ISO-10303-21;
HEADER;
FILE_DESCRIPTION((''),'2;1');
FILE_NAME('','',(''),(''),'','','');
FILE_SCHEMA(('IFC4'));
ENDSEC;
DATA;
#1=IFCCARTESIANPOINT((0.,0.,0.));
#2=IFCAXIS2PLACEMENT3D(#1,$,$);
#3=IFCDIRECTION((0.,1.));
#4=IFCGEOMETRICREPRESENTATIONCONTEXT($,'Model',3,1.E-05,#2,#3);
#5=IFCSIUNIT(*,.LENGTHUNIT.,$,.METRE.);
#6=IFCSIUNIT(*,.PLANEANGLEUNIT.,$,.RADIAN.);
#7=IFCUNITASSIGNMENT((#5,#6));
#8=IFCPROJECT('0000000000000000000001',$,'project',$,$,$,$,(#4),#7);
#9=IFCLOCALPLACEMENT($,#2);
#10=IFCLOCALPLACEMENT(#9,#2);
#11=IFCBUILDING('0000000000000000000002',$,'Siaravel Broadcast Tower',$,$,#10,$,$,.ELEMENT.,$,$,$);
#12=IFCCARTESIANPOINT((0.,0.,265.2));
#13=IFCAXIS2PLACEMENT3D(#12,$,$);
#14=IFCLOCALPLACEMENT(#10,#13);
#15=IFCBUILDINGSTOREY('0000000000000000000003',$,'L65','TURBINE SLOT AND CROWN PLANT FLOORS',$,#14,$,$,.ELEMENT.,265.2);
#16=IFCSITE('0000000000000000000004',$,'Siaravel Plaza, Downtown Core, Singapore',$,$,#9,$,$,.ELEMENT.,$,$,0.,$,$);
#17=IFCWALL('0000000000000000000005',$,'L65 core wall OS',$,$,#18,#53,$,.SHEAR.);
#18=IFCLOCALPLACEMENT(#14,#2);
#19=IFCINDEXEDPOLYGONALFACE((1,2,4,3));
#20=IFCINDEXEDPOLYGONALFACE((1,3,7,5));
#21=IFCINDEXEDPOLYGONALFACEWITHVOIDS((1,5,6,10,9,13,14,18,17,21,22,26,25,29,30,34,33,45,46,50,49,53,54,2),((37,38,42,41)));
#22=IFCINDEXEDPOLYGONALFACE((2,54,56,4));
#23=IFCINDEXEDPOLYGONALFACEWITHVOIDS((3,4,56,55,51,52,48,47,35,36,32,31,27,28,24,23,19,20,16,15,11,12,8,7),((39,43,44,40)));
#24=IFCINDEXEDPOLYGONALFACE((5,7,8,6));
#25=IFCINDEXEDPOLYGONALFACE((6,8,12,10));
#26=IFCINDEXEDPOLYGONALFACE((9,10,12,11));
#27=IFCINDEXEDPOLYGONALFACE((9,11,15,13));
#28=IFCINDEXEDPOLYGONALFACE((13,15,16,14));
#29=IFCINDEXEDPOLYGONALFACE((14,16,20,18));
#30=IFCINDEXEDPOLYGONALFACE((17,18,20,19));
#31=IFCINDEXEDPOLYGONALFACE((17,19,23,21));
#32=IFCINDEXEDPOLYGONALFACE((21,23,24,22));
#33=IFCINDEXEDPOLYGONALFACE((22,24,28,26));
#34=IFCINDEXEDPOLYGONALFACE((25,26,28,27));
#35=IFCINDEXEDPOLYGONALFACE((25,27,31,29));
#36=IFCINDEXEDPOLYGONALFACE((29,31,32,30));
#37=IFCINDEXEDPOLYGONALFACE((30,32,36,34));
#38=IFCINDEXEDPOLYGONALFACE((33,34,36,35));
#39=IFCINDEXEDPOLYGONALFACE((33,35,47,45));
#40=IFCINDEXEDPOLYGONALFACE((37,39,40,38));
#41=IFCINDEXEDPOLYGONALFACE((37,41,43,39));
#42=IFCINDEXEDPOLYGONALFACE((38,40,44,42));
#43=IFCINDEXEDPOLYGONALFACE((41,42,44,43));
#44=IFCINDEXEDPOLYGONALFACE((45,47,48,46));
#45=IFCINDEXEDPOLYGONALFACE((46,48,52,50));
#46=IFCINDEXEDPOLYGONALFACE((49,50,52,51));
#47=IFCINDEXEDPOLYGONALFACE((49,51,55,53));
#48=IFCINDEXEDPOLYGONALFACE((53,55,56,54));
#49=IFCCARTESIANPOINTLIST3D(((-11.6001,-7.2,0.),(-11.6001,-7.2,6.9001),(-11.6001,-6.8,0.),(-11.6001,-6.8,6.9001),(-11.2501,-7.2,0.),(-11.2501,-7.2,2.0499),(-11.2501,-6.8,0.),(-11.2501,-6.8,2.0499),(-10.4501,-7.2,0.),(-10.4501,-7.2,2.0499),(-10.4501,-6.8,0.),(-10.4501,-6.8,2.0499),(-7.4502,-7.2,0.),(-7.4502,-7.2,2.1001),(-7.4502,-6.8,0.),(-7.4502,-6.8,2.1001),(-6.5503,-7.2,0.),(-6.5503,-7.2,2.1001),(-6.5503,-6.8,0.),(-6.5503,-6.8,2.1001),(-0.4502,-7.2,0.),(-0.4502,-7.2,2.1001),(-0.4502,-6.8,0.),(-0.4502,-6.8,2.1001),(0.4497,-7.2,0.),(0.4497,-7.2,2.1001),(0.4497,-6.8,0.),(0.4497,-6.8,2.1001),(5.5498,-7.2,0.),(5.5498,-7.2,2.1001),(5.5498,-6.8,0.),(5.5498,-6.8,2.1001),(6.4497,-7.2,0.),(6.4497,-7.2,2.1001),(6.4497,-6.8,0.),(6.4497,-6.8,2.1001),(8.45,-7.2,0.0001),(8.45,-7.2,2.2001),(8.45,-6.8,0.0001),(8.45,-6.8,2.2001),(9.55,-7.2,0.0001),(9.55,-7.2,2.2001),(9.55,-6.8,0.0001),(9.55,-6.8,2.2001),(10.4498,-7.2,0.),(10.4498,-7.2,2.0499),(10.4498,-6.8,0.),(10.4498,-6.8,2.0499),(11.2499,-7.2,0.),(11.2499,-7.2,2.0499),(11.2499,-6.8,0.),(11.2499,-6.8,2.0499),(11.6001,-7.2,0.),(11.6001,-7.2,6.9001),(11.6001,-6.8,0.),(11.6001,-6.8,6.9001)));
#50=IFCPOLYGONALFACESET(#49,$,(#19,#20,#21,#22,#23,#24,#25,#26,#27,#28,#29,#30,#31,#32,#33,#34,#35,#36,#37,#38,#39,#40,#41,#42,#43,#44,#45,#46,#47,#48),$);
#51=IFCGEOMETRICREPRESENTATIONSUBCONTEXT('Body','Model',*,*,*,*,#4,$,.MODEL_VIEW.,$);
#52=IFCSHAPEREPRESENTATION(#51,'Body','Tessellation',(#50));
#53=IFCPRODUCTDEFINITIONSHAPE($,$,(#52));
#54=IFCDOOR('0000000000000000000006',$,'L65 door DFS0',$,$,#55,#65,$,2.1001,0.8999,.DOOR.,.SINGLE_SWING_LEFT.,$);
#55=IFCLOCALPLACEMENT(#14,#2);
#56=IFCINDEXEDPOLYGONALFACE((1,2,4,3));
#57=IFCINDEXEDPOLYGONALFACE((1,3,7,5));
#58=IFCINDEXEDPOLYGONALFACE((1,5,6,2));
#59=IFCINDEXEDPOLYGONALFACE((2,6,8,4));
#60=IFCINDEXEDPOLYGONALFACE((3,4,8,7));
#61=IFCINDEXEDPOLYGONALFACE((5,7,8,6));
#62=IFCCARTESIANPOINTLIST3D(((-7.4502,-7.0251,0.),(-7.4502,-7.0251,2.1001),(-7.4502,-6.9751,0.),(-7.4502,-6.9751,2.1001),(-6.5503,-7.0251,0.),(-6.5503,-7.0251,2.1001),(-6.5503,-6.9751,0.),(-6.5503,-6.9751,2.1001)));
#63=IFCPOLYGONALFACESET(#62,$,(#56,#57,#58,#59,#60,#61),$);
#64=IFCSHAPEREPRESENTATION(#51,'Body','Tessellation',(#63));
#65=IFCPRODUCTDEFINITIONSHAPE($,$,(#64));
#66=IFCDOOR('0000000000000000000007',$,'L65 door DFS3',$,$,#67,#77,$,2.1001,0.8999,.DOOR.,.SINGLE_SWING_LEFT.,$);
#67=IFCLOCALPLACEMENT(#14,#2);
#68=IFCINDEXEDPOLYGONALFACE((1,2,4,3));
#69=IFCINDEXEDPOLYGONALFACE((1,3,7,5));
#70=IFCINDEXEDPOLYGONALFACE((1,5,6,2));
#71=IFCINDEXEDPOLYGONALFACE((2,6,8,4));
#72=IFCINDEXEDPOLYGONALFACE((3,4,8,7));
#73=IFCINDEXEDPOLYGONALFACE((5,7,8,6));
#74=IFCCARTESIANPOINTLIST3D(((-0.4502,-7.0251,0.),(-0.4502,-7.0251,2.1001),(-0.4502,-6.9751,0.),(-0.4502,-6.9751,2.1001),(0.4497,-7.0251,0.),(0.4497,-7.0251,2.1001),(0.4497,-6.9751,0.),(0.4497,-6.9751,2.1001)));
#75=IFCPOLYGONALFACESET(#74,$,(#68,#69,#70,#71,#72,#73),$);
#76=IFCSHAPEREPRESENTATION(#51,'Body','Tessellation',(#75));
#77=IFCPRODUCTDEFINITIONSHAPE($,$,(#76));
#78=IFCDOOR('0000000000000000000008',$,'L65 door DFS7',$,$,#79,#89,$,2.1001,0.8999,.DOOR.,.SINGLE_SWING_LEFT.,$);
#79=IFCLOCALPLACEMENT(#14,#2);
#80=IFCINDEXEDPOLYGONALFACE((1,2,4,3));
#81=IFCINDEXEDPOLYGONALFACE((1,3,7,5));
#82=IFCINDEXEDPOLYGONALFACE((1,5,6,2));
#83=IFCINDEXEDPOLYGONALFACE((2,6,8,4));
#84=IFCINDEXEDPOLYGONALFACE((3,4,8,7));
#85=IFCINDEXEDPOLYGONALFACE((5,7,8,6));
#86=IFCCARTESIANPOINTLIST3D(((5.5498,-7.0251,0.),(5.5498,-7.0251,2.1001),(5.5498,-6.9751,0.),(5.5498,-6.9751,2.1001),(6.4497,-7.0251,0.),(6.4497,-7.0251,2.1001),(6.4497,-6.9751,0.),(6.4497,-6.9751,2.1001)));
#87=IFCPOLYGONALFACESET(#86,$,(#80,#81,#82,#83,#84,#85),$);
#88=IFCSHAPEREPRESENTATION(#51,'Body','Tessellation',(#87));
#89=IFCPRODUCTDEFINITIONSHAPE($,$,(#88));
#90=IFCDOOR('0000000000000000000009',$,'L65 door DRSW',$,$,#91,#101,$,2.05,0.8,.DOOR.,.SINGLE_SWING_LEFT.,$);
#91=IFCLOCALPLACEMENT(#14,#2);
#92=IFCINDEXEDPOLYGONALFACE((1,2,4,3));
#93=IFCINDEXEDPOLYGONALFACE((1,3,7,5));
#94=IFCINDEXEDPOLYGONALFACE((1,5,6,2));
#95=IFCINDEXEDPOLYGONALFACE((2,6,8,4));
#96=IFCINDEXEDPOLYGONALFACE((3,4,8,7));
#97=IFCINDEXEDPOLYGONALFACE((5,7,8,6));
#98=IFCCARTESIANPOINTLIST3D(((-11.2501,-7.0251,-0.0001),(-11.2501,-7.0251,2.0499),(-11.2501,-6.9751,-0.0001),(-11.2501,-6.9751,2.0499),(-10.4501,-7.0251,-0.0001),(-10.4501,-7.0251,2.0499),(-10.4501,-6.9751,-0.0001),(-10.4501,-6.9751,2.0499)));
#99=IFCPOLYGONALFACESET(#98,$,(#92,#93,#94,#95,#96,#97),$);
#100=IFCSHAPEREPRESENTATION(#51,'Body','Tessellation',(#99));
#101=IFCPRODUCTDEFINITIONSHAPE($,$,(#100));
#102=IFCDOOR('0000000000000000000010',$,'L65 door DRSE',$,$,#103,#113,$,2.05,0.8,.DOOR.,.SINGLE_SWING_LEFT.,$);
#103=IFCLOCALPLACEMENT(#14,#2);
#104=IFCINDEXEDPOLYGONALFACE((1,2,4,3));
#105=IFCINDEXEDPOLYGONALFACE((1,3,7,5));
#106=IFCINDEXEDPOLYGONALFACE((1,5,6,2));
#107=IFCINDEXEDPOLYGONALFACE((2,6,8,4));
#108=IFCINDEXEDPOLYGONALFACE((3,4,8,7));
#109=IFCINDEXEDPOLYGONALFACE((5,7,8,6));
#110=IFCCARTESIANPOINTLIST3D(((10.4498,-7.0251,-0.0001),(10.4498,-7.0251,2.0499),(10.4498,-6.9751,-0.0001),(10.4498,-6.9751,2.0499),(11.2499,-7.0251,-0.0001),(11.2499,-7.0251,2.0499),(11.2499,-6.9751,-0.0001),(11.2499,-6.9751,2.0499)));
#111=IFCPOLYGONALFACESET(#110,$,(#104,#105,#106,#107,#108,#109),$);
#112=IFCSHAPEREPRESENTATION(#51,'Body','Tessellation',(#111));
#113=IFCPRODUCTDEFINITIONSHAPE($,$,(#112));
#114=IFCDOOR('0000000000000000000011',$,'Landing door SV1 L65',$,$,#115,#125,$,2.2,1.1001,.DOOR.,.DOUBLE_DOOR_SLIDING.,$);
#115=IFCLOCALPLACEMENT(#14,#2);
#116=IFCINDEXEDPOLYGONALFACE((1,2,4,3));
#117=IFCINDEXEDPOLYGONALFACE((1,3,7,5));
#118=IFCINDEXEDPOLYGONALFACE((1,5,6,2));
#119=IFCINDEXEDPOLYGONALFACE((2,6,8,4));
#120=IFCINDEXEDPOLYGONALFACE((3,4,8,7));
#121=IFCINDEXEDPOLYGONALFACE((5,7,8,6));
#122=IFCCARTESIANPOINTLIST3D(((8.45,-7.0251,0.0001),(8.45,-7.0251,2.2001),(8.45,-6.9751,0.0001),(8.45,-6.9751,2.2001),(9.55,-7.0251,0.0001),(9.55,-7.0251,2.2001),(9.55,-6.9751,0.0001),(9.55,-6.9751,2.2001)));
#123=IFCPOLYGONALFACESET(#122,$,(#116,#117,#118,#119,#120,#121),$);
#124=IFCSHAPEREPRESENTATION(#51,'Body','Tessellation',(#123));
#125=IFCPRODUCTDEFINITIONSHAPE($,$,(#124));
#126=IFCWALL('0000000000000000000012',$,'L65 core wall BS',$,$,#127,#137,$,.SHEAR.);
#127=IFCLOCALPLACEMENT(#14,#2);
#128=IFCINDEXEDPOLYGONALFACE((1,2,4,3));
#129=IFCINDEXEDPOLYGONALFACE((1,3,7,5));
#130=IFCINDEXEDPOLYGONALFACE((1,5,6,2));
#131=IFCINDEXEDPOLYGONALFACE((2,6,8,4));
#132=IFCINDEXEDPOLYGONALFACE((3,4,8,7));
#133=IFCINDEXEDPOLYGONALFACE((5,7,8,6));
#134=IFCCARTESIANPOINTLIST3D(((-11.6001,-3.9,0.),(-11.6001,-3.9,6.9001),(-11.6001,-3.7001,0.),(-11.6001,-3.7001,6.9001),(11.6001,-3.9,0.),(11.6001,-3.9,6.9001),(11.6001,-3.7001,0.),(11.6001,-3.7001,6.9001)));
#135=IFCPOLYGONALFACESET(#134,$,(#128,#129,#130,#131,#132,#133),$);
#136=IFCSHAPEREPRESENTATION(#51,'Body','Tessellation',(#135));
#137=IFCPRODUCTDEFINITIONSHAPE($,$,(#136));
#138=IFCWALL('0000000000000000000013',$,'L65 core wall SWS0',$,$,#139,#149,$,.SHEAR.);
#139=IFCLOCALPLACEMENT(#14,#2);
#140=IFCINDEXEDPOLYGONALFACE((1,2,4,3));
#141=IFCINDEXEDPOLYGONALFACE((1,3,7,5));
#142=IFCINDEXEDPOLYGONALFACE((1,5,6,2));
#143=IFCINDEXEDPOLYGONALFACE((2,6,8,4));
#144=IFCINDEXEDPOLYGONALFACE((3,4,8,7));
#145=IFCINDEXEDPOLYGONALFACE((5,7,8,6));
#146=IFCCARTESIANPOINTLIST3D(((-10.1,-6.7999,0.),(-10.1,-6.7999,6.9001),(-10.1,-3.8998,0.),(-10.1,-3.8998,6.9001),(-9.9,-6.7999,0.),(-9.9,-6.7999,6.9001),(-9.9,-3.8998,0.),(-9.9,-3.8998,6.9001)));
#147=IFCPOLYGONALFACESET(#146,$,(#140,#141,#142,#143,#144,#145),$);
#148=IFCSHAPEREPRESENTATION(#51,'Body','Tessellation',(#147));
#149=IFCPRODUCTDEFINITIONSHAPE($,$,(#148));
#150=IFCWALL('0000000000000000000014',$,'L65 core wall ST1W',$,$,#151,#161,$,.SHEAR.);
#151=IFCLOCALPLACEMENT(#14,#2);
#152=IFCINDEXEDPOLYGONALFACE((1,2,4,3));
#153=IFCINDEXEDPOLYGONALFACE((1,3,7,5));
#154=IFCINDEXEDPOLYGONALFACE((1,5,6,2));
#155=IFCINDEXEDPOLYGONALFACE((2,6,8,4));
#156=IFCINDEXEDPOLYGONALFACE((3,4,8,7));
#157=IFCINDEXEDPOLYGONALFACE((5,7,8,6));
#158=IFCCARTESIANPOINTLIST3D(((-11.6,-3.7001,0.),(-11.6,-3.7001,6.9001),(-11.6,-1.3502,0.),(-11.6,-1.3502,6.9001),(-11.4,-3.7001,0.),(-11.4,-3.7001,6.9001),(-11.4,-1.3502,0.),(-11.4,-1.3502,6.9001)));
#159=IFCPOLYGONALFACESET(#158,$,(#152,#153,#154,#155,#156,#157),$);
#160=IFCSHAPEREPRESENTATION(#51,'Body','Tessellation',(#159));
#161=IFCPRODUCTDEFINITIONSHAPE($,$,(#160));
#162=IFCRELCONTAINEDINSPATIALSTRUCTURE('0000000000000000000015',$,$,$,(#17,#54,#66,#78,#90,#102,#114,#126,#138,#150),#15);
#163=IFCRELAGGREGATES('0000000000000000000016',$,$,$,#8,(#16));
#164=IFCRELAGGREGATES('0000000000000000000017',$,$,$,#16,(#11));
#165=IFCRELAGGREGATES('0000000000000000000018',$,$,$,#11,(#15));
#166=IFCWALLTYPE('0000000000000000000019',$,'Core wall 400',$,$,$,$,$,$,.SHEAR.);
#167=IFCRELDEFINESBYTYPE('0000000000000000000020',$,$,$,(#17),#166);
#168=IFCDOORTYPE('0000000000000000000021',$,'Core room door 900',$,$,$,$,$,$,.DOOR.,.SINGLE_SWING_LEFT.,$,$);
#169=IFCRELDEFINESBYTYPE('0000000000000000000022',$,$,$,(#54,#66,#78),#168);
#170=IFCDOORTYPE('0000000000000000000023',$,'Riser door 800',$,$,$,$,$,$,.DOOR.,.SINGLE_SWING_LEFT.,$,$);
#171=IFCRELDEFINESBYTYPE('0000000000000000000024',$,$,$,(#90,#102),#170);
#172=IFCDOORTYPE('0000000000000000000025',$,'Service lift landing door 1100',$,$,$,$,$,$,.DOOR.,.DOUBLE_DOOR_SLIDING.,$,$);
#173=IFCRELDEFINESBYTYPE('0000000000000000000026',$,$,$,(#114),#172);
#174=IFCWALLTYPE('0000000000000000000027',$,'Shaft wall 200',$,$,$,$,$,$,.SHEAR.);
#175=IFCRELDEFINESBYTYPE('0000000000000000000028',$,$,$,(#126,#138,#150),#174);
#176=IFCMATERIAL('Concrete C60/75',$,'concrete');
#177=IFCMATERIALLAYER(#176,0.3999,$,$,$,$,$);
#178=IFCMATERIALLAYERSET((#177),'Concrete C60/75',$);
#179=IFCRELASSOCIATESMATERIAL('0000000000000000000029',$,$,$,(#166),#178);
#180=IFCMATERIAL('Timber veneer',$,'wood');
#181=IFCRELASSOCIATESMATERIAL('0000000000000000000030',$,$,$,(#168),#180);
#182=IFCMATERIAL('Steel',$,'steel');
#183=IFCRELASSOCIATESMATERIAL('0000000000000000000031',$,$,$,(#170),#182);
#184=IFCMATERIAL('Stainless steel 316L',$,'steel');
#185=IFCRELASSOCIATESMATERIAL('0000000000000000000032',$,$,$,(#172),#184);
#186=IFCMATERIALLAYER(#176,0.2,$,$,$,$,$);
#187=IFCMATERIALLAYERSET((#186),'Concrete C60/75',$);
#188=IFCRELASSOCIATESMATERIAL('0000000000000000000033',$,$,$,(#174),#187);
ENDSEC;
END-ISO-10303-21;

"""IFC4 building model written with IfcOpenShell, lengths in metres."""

from ifc_helpers import new_model, si_unit, direction, frame, frame_2d, origin, place, context, subcontext, project, spatial, rectangle, extrude, material, layer, layer_set, type_object, element, fill, save


model = new_model("IFC4")

# Units and contexts
model_context = context("Model", 3, precision=1e-05, world=origin(), true_north=direction((0.0, 1.0)))
body_context = subcontext(model_context, "Body", "Model", "MODEL_VIEW")
ifc_project = project(units=[si_unit("LENGTHUNIT", "METRE"), si_unit("PLANEANGLEUNIT", "RADIAN")], contexts=[model_context])

# Site, building, storey
site_placement = place(None, origin())
site = spatial("IfcSite", under=ifc_project, at=site_placement, Name="Siaravel Plaza, Downtown Core, Singapore", CompositionType="ELEMENT", RefElevation=0.0)
building_placement = place(site_placement, origin())
building = spatial("IfcBuilding", under=site, at=building_placement, Name="Siaravel Broadcast Tower", CompositionType="ELEMENT")
storey_placement = place(building_placement, frame((0.0, 0.0, 265.2)))
storey = spatial("IfcBuildingStorey", under=building, at=storey_placement, Name="L65", Description="TURBINE SLOT AND CROWN PLANT FLOORS", CompositionType="ELEMENT", Elevation=265.2)

# Shared definitions
ifc_material_1 = material(Name="Concrete C60/75", Category="concrete")
ifc_layer_1 = layer(ifc_material_1, 0.3999)
ifc_layer_set_1 = layer_set([ifc_layer_1], Name="Concrete C60/75")
wall_type_1 = type_object("IfcWallType", Name="Core wall 400", PredefinedType="SHEAR", material=ifc_layer_set_1)
ifc_material_2 = material(Name="Steel", Category="steel")

# Wall, openings, doors
wall_1_placement = place(storey_placement, frame((-11.6001, -7.0, 0.0), z_axis=(0.0, 0.0, 1.0), x_axis=(1.0, 0.0, 0.0)))
wall_1 = element("IfcWall", 1, at=wall_1_placement, inside=storey, type_object=wall_type_1, Name="L65 core wall OS", PredefinedType="SHEAR", context=body_context, shape_type="SweptSolid", body=[
    extrude(rectangle(XDim=23.2002, YDim=0.3999, at=frame_2d((11.6001, 0.0))), origin(), (0.0, 0.0, 1.0), 6.9001),
])
opening_1_placement = place(wall_1_placement, frame((20.05, 0.0, 0.0)))
opening_1 = element("IfcOpeningElement", 2, at=opening_1_placement, cuts=wall_1, PredefinedType="OPENING", context=body_context, shape_type="SweptSolid", body=[
    extrude(rectangle(XDim=1.1001, YDim=2.2, at=frame_2d((0.55, 1.1001))), frame((0.0, 0.21, 0.0), z_axis=(0.0, -1.0, 0.0), x_axis=(1.0, 0.0, 0.0)), (0.0, 0.0, 1.0), 0.4199),
])
opening_2_placement = place(wall_1_placement, frame((4.1499, 0.0, 0.0)))
opening_2 = element("IfcOpeningElement", 3, at=opening_2_placement, cuts=wall_1, PredefinedType="OPENING", context=body_context, shape_type="SweptSolid", body=[
    extrude(rectangle(XDim=0.8999, YDim=2.1001, at=frame_2d((0.45, 1.05))), frame((0.0, 0.21, 0.0), z_axis=(0.0, -1.0, 0.0), x_axis=(1.0, 0.0, 0.0)), (0.0, 0.0, 1.0), 0.4199),
])
opening_3_placement = place(wall_1_placement, frame((11.1499, 0.0, 0.0)))
opening_3 = element("IfcOpeningElement", 4, at=opening_3_placement, cuts=wall_1, PredefinedType="OPENING", context=body_context, shape_type="SweptSolid", body=[
    extrude(rectangle(XDim=0.8999, YDim=2.1001, at=frame_2d((0.45, 1.05))), frame((0.0, 0.21, 0.0), z_axis=(0.0, -1.0, 0.0), x_axis=(1.0, 0.0, 0.0)), (0.0, 0.0, 1.0), 0.4199),
])
opening_4_placement = place(wall_1_placement, frame((17.1499, 0.0, 0.0)))
opening_4 = element("IfcOpeningElement", 5, at=opening_4_placement, cuts=wall_1, PredefinedType="OPENING", context=body_context, shape_type="SweptSolid", body=[
    extrude(rectangle(XDim=0.8999, YDim=2.1001, at=frame_2d((0.45, 1.05))), frame((0.0, 0.21, 0.0), z_axis=(0.0, -1.0, 0.0), x_axis=(1.0, 0.0, 0.0)), (0.0, 0.0, 1.0), 0.4199),
])
opening_5_placement = place(wall_1_placement, frame((0.3501, 0.0, 0.0)))
opening_5 = element("IfcOpeningElement", 6, at=opening_5_placement, cuts=wall_1, PredefinedType="OPENING", context=body_context, shape_type="SweptSolid", body=[
    extrude(rectangle(XDim=0.8, YDim=2.05, at=frame_2d((0.3999, 1.0249))), frame((0.0, 0.21, 0.0), z_axis=(0.0, -1.0, 0.0), x_axis=(1.0, 0.0, 0.0)), (0.0, 0.0, 1.0), 0.4199),
])
opening_6_placement = place(wall_1_placement, frame((22.05, 0.0, 0.0)))
opening_6 = element("IfcOpeningElement", 7, at=opening_6_placement, cuts=wall_1, PredefinedType="OPENING", context=body_context, shape_type="SweptSolid", body=[
    extrude(rectangle(XDim=0.8, YDim=2.05, at=frame_2d((0.3999, 1.0249))), frame((0.0, 0.21, 0.0), z_axis=(0.0, -1.0, 0.0), x_axis=(1.0, 0.0, 0.0)), (0.0, 0.0, 1.0), 0.4199),
])
ifc_material_3 = material(Name="Timber veneer", Category="wood")
door_type_1 = type_object("IfcDoorType", Name="Core room door 900", OperationType="SINGLE_SWING_LEFT", PredefinedType="DOOR", material=ifc_material_3)
door_1_placement = place(opening_2_placement, origin())
door_1 = element("IfcDoor", 8, at=door_1_placement, inside=storey, type_object=door_type_1, Name="L65 door DFS0", OperationType="SINGLE_SWING_LEFT", OverallHeight=2.1001, OverallWidth=0.8999, PredefinedType="DOOR", context=body_context, shape_type="SweptSolid", body=[
    extrude(rectangle(XDim=0.8999, YDim=2.1001, at=frame_2d((0.45, 1.05))), frame((0.0, 0.0249, 0.0), z_axis=(0.0, -1.0, 0.0), x_axis=(1.0, 0.0, 0.0)), (0.0, 0.0, 1.0), 0.05),
])
fill(opening_2, door_1)
door_2_placement = place(opening_3_placement, origin())
door_2 = element("IfcDoor", 9, at=door_2_placement, inside=storey, type_object=door_type_1, Name="L65 door DFS3", OperationType="SINGLE_SWING_LEFT", OverallHeight=2.1001, OverallWidth=0.8999, PredefinedType="DOOR", context=body_context, shape_type="SweptSolid", body=[
    extrude(rectangle(XDim=0.8999, YDim=2.1001, at=frame_2d((0.45, 1.05))), frame((0.0, 0.0249, 0.0), z_axis=(0.0, -1.0, 0.0), x_axis=(1.0, 0.0, 0.0)), (0.0, 0.0, 1.0), 0.05),
])
fill(opening_3, door_2)
door_3_placement = place(opening_4_placement, origin())
door_3 = element("IfcDoor", 10, at=door_3_placement, inside=storey, type_object=door_type_1, Name="L65 door DFS7", OperationType="SINGLE_SWING_LEFT", OverallHeight=2.1001, OverallWidth=0.8999, PredefinedType="DOOR", context=body_context, shape_type="SweptSolid", body=[
    extrude(rectangle(XDim=0.8999, YDim=2.1001, at=frame_2d((0.45, 1.05))), frame((0.0, 0.0249, 0.0), z_axis=(0.0, -1.0, 0.0), x_axis=(1.0, 0.0, 0.0)), (0.0, 0.0, 1.0), 0.05),
])
fill(opening_4, door_3)
door_type_2 = type_object("IfcDoorType", Name="Riser door 800", OperationType="SINGLE_SWING_LEFT", PredefinedType="DOOR", material=ifc_material_2)
door_4_placement = place(opening_5_placement, origin())
door_4 = element("IfcDoor", 11, at=door_4_placement, inside=storey, type_object=door_type_2, Name="L65 door DRSW", OperationType="SINGLE_SWING_LEFT", OverallHeight=2.05, OverallWidth=0.8, PredefinedType="DOOR", context=body_context, shape_type="SweptSolid", body=[
    extrude(rectangle(XDim=0.8, YDim=2.05, at=frame_2d((0.3999, 1.0249))), frame((0.0, 0.0249, 0.0), z_axis=(0.0, -1.0, 0.0), x_axis=(1.0, 0.0, 0.0)), (0.0, 0.0, 1.0), 0.05),
])
fill(opening_5, door_4)
door_5_placement = place(opening_6_placement, origin())
door_5 = element("IfcDoor", 12, at=door_5_placement, inside=storey, type_object=door_type_2, Name="L65 door DRSE", OperationType="SINGLE_SWING_LEFT", OverallHeight=2.05, OverallWidth=0.8, PredefinedType="DOOR", context=body_context, shape_type="SweptSolid", body=[
    extrude(rectangle(XDim=0.8, YDim=2.05, at=frame_2d((0.3999, 1.0249))), frame((0.0, 0.0249, 0.0), z_axis=(0.0, -1.0, 0.0), x_axis=(1.0, 0.0, 0.0)), (0.0, 0.0, 1.0), 0.05),
])
fill(opening_6, door_5)
ifc_material_4 = material(Name="Stainless steel 316L", Category="steel")
door_type_3 = type_object("IfcDoorType", Name="Service lift landing door 1100", OperationType="DOUBLE_DOOR_SLIDING", PredefinedType="DOOR", material=ifc_material_4)
door_6_placement = place(opening_1_placement, origin())
door_6 = element("IfcDoor", 13, at=door_6_placement, inside=storey, type_object=door_type_3, Name="Landing door SV1 L65", OperationType="DOUBLE_DOOR_SLIDING", OverallHeight=2.2, OverallWidth=1.1001, PredefinedType="DOOR", context=body_context, shape_type="SweptSolid", body=[
    extrude(rectangle(XDim=1.1001, YDim=2.2, at=frame_2d((0.55, 1.1001))), frame((0.0, 0.0249, 0.0), z_axis=(0.0, -1.0, 0.0), x_axis=(1.0, 0.0, 0.0)), (0.0, 0.0, 1.0), 0.05),
])
fill(opening_1, door_6)

# Walls
ifc_layer_2 = layer(ifc_material_1, 0.2)
ifc_layer_set_2 = layer_set([ifc_layer_2], Name="Concrete C60/75")
wall_type_2 = type_object("IfcWallType", Name="Shaft wall 200", PredefinedType="SHEAR", material=ifc_layer_set_2)
wall_2_placement = place(storey_placement, frame((-11.6001, -3.8, 0.0), z_axis=(0.0, 0.0, 1.0), x_axis=(1.0, 0.0, 0.0)))
element("IfcWall", 14, at=wall_2_placement, inside=storey, type_object=wall_type_2, Name="L65 core wall BS", PredefinedType="SHEAR", context=body_context, shape_type="SweptSolid", body=[
    extrude(rectangle(XDim=23.2002, YDim=0.2, at=frame_2d((11.6001, 0.0))), origin(), (0.0, 0.0, 1.0), 6.9001),
])
wall_3_placement = place(storey_placement, frame((-10.0, -6.8, 0.0), z_axis=(0.0, 0.0, 1.0), x_axis=(0.0, 1.0, 0.0)))
element("IfcWall", 15, at=wall_3_placement, inside=storey, type_object=wall_type_2, Name="L65 core wall SWS0", PredefinedType="SHEAR", context=body_context, shape_type="SweptSolid", body=[
    extrude(rectangle(XDim=2.9001, YDim=0.2, at=frame_2d((1.4502, 0.0))), origin(), (0.0, 0.0, 1.0), 6.9001),
])
wall_4_placement = place(storey_placement, frame((-11.5, -3.7, 0.0), z_axis=(0.0, 0.0, 1.0), x_axis=(0.0, 1.0, 0.0)))
element("IfcWall", 16, at=wall_4_placement, inside=storey, type_object=wall_type_2, Name="L65 core wall ST1W", PredefinedType="SHEAR", context=body_context, shape_type="SweptSolid", body=[
    extrude(rectangle(XDim=2.3499, YDim=0.2, at=frame_2d((1.1748, 0.0))), origin(), (0.0, 0.0, 1.0), 6.9001),
])

save(model, "model.ifc")
